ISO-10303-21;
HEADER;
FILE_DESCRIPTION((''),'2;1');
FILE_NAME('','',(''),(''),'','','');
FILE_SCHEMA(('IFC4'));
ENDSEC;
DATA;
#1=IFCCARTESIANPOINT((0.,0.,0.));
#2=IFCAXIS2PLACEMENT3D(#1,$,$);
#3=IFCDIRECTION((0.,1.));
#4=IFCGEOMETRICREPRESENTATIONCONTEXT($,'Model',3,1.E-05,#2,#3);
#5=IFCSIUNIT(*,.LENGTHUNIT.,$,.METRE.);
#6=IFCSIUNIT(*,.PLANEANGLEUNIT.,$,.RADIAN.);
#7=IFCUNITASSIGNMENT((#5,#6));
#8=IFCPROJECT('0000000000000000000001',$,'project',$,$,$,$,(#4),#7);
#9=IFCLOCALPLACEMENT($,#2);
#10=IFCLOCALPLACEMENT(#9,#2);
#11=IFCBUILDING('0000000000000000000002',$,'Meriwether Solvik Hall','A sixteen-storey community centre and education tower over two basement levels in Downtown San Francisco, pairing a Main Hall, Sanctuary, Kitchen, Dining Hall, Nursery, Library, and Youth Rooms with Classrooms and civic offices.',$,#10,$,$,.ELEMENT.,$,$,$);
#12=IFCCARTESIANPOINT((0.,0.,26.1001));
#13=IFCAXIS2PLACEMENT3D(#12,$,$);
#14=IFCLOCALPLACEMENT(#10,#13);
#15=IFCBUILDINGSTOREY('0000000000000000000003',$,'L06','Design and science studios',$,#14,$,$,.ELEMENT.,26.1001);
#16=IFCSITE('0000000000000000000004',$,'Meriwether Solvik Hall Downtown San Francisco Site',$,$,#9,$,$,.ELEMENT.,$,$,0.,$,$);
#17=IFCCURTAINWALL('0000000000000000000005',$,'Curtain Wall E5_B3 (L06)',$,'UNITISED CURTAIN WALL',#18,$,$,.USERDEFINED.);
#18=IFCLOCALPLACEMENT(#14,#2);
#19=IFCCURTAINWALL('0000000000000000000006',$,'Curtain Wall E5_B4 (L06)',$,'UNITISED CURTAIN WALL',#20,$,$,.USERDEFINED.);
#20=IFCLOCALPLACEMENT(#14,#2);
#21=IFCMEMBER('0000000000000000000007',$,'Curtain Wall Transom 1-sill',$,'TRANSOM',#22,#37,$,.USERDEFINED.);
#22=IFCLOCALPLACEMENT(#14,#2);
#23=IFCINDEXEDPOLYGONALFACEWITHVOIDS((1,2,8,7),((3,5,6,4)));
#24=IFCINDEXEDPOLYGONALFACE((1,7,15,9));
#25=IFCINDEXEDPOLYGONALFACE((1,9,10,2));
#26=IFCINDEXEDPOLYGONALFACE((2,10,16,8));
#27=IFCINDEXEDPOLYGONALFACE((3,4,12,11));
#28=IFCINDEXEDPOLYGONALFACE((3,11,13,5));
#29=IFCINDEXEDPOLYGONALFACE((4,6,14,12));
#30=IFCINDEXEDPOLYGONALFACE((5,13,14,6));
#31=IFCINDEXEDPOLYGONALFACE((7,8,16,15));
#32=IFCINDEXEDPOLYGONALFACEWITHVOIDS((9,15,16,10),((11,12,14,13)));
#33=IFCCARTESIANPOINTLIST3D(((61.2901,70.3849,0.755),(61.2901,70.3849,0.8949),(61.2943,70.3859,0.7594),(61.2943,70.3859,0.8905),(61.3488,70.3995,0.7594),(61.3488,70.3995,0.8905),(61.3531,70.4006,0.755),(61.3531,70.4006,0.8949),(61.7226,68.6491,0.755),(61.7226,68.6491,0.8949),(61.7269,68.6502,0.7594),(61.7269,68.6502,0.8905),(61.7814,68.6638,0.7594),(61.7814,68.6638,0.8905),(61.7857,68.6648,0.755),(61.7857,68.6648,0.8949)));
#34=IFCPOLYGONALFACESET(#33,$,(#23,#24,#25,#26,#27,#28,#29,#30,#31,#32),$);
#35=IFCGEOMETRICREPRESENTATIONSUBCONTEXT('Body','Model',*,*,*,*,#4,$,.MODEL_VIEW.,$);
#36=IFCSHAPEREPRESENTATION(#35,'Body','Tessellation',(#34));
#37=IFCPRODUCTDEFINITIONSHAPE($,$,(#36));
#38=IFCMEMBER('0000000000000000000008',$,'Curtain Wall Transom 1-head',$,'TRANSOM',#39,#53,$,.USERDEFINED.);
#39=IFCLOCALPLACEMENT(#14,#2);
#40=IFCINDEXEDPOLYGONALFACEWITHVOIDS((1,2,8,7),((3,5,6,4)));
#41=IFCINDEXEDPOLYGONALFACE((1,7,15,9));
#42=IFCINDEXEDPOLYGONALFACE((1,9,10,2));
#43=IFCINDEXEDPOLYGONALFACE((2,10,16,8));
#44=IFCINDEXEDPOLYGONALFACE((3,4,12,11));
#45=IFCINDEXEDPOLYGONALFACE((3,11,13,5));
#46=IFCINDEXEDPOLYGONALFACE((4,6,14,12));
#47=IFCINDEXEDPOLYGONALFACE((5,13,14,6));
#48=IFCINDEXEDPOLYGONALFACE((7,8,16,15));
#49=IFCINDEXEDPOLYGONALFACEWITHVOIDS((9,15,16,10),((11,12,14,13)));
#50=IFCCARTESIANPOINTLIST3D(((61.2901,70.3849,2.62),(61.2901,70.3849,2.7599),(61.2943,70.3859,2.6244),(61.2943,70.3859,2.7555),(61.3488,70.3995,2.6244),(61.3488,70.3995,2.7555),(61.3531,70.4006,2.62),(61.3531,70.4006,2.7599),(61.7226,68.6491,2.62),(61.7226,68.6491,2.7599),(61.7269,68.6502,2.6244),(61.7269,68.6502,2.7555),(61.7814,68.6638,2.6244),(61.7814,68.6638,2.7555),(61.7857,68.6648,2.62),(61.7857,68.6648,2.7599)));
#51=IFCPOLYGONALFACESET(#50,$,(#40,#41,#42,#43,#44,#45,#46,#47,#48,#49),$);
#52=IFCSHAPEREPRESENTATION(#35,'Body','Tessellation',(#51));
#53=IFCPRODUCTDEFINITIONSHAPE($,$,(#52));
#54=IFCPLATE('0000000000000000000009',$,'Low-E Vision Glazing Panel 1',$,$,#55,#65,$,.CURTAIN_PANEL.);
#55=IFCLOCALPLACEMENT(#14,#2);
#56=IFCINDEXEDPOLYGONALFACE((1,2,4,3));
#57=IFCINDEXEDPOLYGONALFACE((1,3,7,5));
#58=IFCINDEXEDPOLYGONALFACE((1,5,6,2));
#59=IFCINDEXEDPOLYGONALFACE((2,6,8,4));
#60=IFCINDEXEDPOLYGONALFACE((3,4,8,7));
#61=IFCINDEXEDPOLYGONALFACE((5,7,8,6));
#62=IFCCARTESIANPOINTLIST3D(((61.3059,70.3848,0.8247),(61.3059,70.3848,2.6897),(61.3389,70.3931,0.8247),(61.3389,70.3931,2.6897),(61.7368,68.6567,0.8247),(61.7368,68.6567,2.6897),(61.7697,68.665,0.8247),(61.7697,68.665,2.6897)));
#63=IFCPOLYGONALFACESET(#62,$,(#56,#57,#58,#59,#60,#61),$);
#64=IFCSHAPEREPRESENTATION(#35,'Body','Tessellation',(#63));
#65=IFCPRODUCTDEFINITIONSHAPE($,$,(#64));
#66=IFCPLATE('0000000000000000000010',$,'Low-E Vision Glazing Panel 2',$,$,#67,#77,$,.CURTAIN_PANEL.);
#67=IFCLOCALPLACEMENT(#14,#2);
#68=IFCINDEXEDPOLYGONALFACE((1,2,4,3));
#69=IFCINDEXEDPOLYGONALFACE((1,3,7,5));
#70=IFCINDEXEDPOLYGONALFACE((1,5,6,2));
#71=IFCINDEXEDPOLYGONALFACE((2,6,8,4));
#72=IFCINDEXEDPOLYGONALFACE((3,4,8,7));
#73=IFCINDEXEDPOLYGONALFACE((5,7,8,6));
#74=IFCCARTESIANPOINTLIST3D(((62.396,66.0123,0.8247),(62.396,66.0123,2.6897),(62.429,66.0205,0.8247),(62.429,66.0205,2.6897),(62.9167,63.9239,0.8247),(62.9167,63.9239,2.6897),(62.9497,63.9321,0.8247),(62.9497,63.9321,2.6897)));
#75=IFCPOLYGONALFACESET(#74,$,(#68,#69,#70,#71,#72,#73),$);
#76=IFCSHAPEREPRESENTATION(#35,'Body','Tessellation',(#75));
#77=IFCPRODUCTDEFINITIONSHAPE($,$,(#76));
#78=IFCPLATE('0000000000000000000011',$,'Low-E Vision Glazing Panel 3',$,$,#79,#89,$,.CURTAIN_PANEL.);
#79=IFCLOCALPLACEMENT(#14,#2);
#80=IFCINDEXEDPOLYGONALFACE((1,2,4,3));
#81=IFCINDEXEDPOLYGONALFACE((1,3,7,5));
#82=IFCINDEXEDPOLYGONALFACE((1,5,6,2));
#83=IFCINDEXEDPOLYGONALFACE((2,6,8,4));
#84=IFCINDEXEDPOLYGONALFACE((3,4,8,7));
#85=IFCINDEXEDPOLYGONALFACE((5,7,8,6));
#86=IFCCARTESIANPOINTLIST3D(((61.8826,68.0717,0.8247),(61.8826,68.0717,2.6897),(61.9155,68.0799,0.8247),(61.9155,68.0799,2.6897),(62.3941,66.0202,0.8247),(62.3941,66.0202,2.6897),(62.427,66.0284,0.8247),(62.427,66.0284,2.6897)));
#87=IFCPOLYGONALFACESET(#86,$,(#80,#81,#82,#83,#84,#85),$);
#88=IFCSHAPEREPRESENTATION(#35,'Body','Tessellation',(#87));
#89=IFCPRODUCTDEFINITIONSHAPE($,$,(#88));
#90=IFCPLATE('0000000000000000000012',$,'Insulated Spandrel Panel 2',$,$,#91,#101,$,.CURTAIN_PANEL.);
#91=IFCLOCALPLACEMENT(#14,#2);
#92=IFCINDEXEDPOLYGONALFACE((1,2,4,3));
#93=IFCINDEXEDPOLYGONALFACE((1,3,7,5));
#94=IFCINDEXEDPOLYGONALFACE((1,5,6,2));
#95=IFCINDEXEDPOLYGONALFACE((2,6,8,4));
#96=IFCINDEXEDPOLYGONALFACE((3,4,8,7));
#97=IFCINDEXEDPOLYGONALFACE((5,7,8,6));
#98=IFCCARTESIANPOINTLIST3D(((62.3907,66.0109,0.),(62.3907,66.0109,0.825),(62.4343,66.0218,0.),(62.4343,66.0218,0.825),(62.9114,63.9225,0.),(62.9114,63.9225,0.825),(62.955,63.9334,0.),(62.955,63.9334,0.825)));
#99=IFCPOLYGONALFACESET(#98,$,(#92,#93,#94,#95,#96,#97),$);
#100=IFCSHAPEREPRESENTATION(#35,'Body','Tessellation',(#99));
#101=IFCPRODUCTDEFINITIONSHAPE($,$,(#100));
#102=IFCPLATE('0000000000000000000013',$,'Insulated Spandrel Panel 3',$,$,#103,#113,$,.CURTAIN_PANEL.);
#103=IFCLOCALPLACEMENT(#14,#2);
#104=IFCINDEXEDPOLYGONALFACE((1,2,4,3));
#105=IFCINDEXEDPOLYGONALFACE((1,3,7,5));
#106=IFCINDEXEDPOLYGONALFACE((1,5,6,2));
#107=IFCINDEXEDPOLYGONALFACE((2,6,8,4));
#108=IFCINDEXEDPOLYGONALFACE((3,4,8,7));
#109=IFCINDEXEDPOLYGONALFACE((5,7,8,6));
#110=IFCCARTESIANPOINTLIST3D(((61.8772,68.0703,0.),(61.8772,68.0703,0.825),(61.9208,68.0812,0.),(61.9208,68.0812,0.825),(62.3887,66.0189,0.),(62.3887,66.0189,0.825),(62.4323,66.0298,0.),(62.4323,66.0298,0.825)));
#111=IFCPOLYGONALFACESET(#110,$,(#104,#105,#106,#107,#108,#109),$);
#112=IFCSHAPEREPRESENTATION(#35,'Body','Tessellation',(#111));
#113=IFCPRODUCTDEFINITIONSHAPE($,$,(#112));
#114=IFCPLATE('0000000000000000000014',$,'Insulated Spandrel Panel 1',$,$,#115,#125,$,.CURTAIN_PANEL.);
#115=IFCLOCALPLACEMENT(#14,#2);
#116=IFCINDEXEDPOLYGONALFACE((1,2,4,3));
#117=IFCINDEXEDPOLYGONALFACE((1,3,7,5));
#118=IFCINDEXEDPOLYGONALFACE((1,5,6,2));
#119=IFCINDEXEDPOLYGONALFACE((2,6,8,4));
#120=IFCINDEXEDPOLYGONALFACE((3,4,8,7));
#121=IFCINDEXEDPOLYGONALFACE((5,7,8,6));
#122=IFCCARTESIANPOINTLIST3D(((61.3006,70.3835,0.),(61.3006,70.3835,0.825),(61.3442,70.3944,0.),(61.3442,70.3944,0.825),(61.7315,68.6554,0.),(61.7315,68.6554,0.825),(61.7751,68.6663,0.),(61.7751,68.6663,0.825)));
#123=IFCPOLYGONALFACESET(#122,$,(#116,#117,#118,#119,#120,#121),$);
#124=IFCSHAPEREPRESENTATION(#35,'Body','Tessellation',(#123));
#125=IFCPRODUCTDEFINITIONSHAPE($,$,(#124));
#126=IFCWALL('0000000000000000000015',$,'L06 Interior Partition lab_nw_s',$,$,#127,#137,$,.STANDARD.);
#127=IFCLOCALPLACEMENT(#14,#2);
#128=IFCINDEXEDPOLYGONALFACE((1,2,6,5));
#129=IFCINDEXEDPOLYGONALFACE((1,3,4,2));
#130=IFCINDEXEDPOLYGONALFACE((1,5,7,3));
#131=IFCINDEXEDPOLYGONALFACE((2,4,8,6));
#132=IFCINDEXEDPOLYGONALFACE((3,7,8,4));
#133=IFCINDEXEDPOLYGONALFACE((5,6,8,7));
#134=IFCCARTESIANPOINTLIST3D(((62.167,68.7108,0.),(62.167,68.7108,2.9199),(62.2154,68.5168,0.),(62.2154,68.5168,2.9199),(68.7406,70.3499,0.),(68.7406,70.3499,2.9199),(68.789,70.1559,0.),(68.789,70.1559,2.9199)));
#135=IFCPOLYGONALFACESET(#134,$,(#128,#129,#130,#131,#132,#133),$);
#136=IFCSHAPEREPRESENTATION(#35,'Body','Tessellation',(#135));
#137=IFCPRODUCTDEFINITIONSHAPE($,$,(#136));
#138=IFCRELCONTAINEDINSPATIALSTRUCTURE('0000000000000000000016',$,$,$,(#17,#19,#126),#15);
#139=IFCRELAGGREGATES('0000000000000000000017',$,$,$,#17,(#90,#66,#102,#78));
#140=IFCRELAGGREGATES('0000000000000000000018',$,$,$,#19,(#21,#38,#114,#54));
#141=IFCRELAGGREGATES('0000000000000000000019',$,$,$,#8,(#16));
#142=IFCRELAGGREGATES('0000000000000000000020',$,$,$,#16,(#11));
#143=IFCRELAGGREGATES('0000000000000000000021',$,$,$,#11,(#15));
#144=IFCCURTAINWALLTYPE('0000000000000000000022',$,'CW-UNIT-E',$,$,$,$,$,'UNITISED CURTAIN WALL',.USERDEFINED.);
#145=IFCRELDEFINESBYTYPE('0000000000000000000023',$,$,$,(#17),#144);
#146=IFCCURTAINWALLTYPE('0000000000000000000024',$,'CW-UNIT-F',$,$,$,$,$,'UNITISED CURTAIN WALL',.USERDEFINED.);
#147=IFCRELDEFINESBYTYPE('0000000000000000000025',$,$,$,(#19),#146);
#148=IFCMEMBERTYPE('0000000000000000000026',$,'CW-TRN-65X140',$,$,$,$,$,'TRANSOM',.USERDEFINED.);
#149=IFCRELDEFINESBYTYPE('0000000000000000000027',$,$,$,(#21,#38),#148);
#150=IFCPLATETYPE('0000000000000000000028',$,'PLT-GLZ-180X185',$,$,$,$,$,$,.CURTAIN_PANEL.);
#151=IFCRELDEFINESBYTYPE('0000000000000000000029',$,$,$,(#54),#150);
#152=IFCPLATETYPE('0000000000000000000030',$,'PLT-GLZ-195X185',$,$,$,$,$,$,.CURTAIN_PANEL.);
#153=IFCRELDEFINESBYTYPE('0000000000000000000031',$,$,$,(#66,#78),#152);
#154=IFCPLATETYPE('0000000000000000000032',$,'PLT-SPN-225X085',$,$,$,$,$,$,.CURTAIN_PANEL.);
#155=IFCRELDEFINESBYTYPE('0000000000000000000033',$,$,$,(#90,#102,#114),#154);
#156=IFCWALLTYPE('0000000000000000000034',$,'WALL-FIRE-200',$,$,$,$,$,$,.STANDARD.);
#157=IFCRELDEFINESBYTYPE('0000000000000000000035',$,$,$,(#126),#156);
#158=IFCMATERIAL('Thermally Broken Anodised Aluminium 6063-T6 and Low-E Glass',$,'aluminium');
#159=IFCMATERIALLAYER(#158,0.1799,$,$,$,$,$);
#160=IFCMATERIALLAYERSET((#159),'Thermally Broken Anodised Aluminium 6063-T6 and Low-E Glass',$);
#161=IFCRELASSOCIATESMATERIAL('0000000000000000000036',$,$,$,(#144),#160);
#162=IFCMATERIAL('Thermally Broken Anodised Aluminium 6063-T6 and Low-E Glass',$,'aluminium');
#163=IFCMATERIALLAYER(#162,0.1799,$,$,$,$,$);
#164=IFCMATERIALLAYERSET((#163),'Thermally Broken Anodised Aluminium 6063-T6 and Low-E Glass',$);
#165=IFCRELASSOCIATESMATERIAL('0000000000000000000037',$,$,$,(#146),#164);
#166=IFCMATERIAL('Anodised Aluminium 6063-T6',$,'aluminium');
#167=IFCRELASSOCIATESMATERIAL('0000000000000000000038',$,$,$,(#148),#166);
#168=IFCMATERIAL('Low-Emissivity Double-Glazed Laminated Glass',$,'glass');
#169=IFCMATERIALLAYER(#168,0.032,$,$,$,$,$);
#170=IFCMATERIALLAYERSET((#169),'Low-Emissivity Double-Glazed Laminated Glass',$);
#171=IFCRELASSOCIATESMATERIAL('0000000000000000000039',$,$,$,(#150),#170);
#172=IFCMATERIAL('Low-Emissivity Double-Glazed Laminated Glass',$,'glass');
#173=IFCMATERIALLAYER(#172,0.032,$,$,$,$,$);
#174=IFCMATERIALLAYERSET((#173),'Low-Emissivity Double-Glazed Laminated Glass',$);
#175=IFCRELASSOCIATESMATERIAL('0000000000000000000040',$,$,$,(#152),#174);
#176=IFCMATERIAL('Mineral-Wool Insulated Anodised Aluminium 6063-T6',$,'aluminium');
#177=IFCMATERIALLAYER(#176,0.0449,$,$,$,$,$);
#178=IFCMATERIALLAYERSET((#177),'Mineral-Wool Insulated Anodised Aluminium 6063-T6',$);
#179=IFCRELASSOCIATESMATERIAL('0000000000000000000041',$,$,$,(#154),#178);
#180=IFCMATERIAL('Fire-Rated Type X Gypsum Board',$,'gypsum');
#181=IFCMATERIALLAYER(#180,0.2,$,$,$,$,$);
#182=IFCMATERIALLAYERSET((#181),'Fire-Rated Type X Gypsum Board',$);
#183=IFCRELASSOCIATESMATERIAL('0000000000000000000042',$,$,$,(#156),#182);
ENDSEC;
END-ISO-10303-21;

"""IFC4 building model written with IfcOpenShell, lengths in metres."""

from ifc_helpers import new_model, si_unit, direction, frame, frame_2d, origin, origin_2d, place, context, subcontext, project, spatial, rectangle, hollow_rectangle, extrude, material, layer, layer_set, material_profile, profile_set, type_object, element, aggregate, save


model = new_model("IFC4")

# Units and contexts
model_context = context("Model", 3, precision=1e-05, world=origin(), true_north=direction((0.0, 1.0)))
body_context = subcontext(model_context, "Body", "Model", "MODEL_VIEW")
ifc_project = project(units=[si_unit("LENGTHUNIT", "METRE"), si_unit("PLANEANGLEUNIT", "RADIAN")], contexts=[model_context])

# Site, building, storey
site_placement = place(None, origin())
site = spatial("IfcSite", under=ifc_project, at=site_placement, Name="Meriwether Solvik Hall Downtown San Francisco Site", CompositionType="ELEMENT", RefElevation=0.0)
building_placement = place(site_placement, origin())
building = spatial("IfcBuilding", under=site, at=building_placement, Name="Meriwether Solvik Hall", Description="A sixteen-storey community centre and education tower over two basement levels in Downtown San Francisco, pairing a Main Hall, Sanctuary, Kitchen, Dining Hall, Nursery, Library, and Youth Rooms with Classrooms and civic offices.", CompositionType="ELEMENT")
storey_placement = place(building_placement, frame((0.0, 0.0, 26.1001)))
storey = spatial("IfcBuildingStorey", under=building, at=storey_placement, Name="L06", Description="Design and science studios", CompositionType="ELEMENT", Elevation=26.1001)

# Curtain wall
ifc_material_1 = material(Name="Thermally Broken Anodised Aluminium 6063-T6 and Low-E Glass", Category="aluminium")
ifc_layer_1 = layer(ifc_material_1, 0.1799)
ifc_layer_set_1 = layer_set([ifc_layer_1], Name="Thermally Broken Anodised Aluminium 6063-T6 and Low-E Glass")
curtain_wall_type_1 = type_object("IfcCurtainWallType", Name="CW-UNIT-E", ElementType="UNITISED CURTAIN WALL", PredefinedType="USERDEFINED", material=ifc_layer_set_1)
curtain_wall_1_placement = place(storey_placement, origin())
curtain_wall_1 = element("IfcCurtainWall", 1, at=curtain_wall_1_placement, inside=storey, type_object=curtain_wall_type_1, Name="Curtain Wall E5_B3 (L06)", ObjectType="UNITISED CURTAIN WALL", PredefinedType="USERDEFINED")

# Curtain wall
ifc_material_2 = material(Name="Thermally Broken Anodised Aluminium 6063-T6 and Low-E Glass", Category="aluminium")
ifc_layer_2 = layer(ifc_material_2, 0.1799)
ifc_layer_set_2 = layer_set([ifc_layer_2], Name="Thermally Broken Anodised Aluminium 6063-T6 and Low-E Glass")
curtain_wall_type_2 = type_object("IfcCurtainWallType", Name="CW-UNIT-F", ElementType="UNITISED CURTAIN WALL", PredefinedType="USERDEFINED", material=ifc_layer_set_2)
curtain_wall_2_placement = place(storey_placement, origin())
curtain_wall_2 = element("IfcCurtainWall", 2, at=curtain_wall_2_placement, inside=storey, type_object=curtain_wall_type_2, Name="Curtain Wall E5_B4 (L06)", ObjectType="UNITISED CURTAIN WALL", PredefinedType="USERDEFINED")

# Members
ifc_material_3 = material(Name="Anodised Aluminium 6063-T6", Category="aluminium")
ifc_material_profile_1 = material_profile(ifc_material_3, hollow_rectangle(XDim=0.0649, YDim=0.1399, WallThickness=0.0044, at=origin_2d()), Name="CWT-65X140")
ifc_profile_set_1 = profile_set([ifc_material_profile_1], Name="Anodised Aluminium 6063-T6")
member_type_1 = type_object("IfcMemberType", Name="CW-TRN-65X140", ElementType="TRANSOM", PredefinedType="USERDEFINED", material=ifc_profile_set_1)
member_1_placement = place(storey_placement, frame((61.7542, 68.657, 0.825), z_axis=(-0.241829, 0.970319, 0.0), x_axis=(-0.970319, -0.241829, 0.0)))
member_1 = element("IfcMember", 3, at=member_1_placement, type_object=member_type_1, Name="Curtain Wall Transom 1-sill", ObjectType="TRANSOM", PredefinedType="USERDEFINED", context=body_context, shape_type="SweptSolid", body=[
    extrude(hollow_rectangle(XDim=0.0649, YDim=0.1399, WallThickness=0.0044, at=origin_2d()), origin(), (0.0, 0.0, 1.0), 1.7888),
])
member_2_placement = place(storey_placement, frame((61.7542, 68.657, 2.6899), z_axis=(-0.241829, 0.970319, 0.0), x_axis=(-0.970319, -0.241829, 0.0)))
member_2 = element("IfcMember", 4, at=member_2_placement, type_object=member_type_1, Name="Curtain Wall Transom 1-head", ObjectType="TRANSOM", PredefinedType="USERDEFINED", context=body_context, shape_type="SweptSolid", body=[
    extrude(hollow_rectangle(XDim=0.0649, YDim=0.1399, WallThickness=0.0044, at=origin_2d()), origin(), (0.0, 0.0, 1.0), 1.7888),
])

# Plates
ifc_material_4 = material(Name="Low-Emissivity Double-Glazed Laminated Glass", Category="glass")
ifc_layer_3 = layer(ifc_material_4, 0.032)
ifc_layer_set_3 = layer_set([ifc_layer_3], Name="Low-Emissivity Double-Glazed Laminated Glass")
plate_type_1 = type_object("IfcPlateType", Name="PLT-GLZ-180X185", PredefinedType="CURTAIN_PANEL", material=ifc_layer_set_3)
plate_1_placement = place(storey_placement, frame((61.5378, 69.5249, 0.8247), z_axis=(0.0, 0.0, 1.0), x_axis=(-0.241922, 0.970296, 0.0)))
plate_1 = element("IfcPlate", 5, at=plate_1_placement, type_object=plate_type_1, Name="Low-E Vision Glazing Panel 1", PredefinedType="CURTAIN_PANEL", context=body_context, shape_type="SweptSolid", body=[
    extrude(rectangle(XDim=1.781, YDim=0.0339, at=origin_2d()), origin(), (0.0, 0.0, 1.0), 1.865),
])
ifc_material_5 = material(Name="Low-Emissivity Double-Glazed Laminated Glass", Category="glass")
ifc_layer_4 = layer(ifc_material_5, 0.032)
ifc_layer_set_4 = layer_set([ifc_layer_4], Name="Low-Emissivity Double-Glazed Laminated Glass")
plate_type_2 = type_object("IfcPlateType", Name="PLT-GLZ-195X185", PredefinedType="CURTAIN_PANEL", material=ifc_layer_set_4)
plate_2_placement = place(storey_placement, frame((62.6729, 64.9722, 0.8247), z_axis=(0.0, 0.0, 1.0), x_axis=(-0.241922, 0.970296, 0.0)))
plate_2 = element("IfcPlate", 6, at=plate_2_placement, type_object=plate_type_2, Name="Low-E Vision Glazing Panel 2", PredefinedType="CURTAIN_PANEL", context=body_context, shape_type="SweptSolid", body=[
    extrude(rectangle(XDim=2.1523, YDim=0.0339, at=origin_2d()), origin(), (0.0, 0.0, 1.0), 1.865),
])
plate_3_placement = place(storey_placement, frame((62.1548, 67.05, 0.8247), z_axis=(0.0, 0.0, 1.0), x_axis=(-0.241922, 0.970296, 0.0)))
plate_3 = element("IfcPlate", 7, at=plate_3_placement, type_object=plate_type_2, Name="Low-E Vision Glazing Panel 3", PredefinedType="CURTAIN_PANEL", context=body_context, shape_type="SweptSolid", body=[
    extrude(rectangle(XDim=2.1143, YDim=0.0339, at=origin_2d()), origin(), (0.0, 0.0, 1.0), 1.865),
])
ifc_material_6 = material(Name="Mineral-Wool Insulated Anodised Aluminium 6063-T6", Category="aluminium")
ifc_layer_5 = layer(ifc_material_6, 0.0449)
ifc_layer_set_5 = layer_set([ifc_layer_5], Name="Mineral-Wool Insulated Anodised Aluminium 6063-T6")
plate_type_3 = type_object("IfcPlateType", Name="PLT-SPN-225X085", PredefinedType="CURTAIN_PANEL", material=ifc_layer_set_5)
plate_4_placement = place(storey_placement, frame((62.6729, 64.9722, 0.0), z_axis=(0.0, 0.0, 1.0), x_axis=(-0.241922, 0.970296, 0.0)))
plate_4 = element("IfcPlate", 8, at=plate_4_placement, type_object=plate_type_3, Name="Insulated Spandrel Panel 2", PredefinedType="CURTAIN_PANEL", context=body_context, shape_type="SweptSolid", body=[
    extrude(rectangle(XDim=2.1523, YDim=0.0449, at=origin_2d()), origin(), (0.0, 0.0, 1.0), 0.825),
])
plate_5_placement = place(storey_placement, frame((62.1548, 67.05, 0.0), z_axis=(0.0, 0.0, 1.0), x_axis=(-0.241922, 0.970296, 0.0)))
plate_5 = element("IfcPlate", 9, at=plate_5_placement, type_object=plate_type_3, Name="Insulated Spandrel Panel 3", PredefinedType="CURTAIN_PANEL", context=body_context, shape_type="SweptSolid", body=[
    extrude(rectangle(XDim=2.1143, YDim=0.0449, at=origin_2d()), origin(), (0.0, 0.0, 1.0), 0.825),
])
aggregate(curtain_wall_1, [plate_4, plate_2, plate_5, plate_3])
plate_6_placement = place(storey_placement, frame((61.5378, 69.5249, 0.0), z_axis=(0.0, 0.0, 1.0), x_axis=(-0.241922, 0.970296, 0.0)))
plate_6 = element("IfcPlate", 10, at=plate_6_placement, type_object=plate_type_3, Name="Insulated Spandrel Panel 1", PredefinedType="CURTAIN_PANEL", context=body_context, shape_type="SweptSolid", body=[
    extrude(rectangle(XDim=1.781, YDim=0.0449, at=origin_2d()), origin(), (0.0, 0.0, 1.0), 0.825),
])
aggregate(curtain_wall_2, [member_1, member_2, plate_6, plate_1])

# Wall
ifc_material_7 = material(Name="Fire-Rated Type X Gypsum Board", Category="gypsum")
ifc_layer_6 = layer(ifc_material_7, 0.2)
ifc_layer_set_6 = layer_set([ifc_layer_6], Name="Fire-Rated Type X Gypsum Board")
wall_type = type_object("IfcWallType", Name="WALL-FIRE-200", PredefinedType="STANDARD", material=ifc_layer_set_6)
wall_placement = place(storey_placement, frame((62.1912, 68.6138, 0.0), z_axis=(0.0, 0.0, 1.0), x_axis=(0.970291, 0.241942, 0.0)))
element("IfcWall", 11, at=wall_placement, inside=storey, type_object=wall_type, Name="L06 Interior Partition lab_nw_s", PredefinedType="STANDARD", context=body_context, shape_type="SweptSolid", body=[
    extrude(rectangle(XDim=6.7749, YDim=0.2, at=frame_2d((3.3875, 0.0))), origin(), (0.0, 0.0, 1.0), 2.9199),
])

save(model, "model.ifc")
